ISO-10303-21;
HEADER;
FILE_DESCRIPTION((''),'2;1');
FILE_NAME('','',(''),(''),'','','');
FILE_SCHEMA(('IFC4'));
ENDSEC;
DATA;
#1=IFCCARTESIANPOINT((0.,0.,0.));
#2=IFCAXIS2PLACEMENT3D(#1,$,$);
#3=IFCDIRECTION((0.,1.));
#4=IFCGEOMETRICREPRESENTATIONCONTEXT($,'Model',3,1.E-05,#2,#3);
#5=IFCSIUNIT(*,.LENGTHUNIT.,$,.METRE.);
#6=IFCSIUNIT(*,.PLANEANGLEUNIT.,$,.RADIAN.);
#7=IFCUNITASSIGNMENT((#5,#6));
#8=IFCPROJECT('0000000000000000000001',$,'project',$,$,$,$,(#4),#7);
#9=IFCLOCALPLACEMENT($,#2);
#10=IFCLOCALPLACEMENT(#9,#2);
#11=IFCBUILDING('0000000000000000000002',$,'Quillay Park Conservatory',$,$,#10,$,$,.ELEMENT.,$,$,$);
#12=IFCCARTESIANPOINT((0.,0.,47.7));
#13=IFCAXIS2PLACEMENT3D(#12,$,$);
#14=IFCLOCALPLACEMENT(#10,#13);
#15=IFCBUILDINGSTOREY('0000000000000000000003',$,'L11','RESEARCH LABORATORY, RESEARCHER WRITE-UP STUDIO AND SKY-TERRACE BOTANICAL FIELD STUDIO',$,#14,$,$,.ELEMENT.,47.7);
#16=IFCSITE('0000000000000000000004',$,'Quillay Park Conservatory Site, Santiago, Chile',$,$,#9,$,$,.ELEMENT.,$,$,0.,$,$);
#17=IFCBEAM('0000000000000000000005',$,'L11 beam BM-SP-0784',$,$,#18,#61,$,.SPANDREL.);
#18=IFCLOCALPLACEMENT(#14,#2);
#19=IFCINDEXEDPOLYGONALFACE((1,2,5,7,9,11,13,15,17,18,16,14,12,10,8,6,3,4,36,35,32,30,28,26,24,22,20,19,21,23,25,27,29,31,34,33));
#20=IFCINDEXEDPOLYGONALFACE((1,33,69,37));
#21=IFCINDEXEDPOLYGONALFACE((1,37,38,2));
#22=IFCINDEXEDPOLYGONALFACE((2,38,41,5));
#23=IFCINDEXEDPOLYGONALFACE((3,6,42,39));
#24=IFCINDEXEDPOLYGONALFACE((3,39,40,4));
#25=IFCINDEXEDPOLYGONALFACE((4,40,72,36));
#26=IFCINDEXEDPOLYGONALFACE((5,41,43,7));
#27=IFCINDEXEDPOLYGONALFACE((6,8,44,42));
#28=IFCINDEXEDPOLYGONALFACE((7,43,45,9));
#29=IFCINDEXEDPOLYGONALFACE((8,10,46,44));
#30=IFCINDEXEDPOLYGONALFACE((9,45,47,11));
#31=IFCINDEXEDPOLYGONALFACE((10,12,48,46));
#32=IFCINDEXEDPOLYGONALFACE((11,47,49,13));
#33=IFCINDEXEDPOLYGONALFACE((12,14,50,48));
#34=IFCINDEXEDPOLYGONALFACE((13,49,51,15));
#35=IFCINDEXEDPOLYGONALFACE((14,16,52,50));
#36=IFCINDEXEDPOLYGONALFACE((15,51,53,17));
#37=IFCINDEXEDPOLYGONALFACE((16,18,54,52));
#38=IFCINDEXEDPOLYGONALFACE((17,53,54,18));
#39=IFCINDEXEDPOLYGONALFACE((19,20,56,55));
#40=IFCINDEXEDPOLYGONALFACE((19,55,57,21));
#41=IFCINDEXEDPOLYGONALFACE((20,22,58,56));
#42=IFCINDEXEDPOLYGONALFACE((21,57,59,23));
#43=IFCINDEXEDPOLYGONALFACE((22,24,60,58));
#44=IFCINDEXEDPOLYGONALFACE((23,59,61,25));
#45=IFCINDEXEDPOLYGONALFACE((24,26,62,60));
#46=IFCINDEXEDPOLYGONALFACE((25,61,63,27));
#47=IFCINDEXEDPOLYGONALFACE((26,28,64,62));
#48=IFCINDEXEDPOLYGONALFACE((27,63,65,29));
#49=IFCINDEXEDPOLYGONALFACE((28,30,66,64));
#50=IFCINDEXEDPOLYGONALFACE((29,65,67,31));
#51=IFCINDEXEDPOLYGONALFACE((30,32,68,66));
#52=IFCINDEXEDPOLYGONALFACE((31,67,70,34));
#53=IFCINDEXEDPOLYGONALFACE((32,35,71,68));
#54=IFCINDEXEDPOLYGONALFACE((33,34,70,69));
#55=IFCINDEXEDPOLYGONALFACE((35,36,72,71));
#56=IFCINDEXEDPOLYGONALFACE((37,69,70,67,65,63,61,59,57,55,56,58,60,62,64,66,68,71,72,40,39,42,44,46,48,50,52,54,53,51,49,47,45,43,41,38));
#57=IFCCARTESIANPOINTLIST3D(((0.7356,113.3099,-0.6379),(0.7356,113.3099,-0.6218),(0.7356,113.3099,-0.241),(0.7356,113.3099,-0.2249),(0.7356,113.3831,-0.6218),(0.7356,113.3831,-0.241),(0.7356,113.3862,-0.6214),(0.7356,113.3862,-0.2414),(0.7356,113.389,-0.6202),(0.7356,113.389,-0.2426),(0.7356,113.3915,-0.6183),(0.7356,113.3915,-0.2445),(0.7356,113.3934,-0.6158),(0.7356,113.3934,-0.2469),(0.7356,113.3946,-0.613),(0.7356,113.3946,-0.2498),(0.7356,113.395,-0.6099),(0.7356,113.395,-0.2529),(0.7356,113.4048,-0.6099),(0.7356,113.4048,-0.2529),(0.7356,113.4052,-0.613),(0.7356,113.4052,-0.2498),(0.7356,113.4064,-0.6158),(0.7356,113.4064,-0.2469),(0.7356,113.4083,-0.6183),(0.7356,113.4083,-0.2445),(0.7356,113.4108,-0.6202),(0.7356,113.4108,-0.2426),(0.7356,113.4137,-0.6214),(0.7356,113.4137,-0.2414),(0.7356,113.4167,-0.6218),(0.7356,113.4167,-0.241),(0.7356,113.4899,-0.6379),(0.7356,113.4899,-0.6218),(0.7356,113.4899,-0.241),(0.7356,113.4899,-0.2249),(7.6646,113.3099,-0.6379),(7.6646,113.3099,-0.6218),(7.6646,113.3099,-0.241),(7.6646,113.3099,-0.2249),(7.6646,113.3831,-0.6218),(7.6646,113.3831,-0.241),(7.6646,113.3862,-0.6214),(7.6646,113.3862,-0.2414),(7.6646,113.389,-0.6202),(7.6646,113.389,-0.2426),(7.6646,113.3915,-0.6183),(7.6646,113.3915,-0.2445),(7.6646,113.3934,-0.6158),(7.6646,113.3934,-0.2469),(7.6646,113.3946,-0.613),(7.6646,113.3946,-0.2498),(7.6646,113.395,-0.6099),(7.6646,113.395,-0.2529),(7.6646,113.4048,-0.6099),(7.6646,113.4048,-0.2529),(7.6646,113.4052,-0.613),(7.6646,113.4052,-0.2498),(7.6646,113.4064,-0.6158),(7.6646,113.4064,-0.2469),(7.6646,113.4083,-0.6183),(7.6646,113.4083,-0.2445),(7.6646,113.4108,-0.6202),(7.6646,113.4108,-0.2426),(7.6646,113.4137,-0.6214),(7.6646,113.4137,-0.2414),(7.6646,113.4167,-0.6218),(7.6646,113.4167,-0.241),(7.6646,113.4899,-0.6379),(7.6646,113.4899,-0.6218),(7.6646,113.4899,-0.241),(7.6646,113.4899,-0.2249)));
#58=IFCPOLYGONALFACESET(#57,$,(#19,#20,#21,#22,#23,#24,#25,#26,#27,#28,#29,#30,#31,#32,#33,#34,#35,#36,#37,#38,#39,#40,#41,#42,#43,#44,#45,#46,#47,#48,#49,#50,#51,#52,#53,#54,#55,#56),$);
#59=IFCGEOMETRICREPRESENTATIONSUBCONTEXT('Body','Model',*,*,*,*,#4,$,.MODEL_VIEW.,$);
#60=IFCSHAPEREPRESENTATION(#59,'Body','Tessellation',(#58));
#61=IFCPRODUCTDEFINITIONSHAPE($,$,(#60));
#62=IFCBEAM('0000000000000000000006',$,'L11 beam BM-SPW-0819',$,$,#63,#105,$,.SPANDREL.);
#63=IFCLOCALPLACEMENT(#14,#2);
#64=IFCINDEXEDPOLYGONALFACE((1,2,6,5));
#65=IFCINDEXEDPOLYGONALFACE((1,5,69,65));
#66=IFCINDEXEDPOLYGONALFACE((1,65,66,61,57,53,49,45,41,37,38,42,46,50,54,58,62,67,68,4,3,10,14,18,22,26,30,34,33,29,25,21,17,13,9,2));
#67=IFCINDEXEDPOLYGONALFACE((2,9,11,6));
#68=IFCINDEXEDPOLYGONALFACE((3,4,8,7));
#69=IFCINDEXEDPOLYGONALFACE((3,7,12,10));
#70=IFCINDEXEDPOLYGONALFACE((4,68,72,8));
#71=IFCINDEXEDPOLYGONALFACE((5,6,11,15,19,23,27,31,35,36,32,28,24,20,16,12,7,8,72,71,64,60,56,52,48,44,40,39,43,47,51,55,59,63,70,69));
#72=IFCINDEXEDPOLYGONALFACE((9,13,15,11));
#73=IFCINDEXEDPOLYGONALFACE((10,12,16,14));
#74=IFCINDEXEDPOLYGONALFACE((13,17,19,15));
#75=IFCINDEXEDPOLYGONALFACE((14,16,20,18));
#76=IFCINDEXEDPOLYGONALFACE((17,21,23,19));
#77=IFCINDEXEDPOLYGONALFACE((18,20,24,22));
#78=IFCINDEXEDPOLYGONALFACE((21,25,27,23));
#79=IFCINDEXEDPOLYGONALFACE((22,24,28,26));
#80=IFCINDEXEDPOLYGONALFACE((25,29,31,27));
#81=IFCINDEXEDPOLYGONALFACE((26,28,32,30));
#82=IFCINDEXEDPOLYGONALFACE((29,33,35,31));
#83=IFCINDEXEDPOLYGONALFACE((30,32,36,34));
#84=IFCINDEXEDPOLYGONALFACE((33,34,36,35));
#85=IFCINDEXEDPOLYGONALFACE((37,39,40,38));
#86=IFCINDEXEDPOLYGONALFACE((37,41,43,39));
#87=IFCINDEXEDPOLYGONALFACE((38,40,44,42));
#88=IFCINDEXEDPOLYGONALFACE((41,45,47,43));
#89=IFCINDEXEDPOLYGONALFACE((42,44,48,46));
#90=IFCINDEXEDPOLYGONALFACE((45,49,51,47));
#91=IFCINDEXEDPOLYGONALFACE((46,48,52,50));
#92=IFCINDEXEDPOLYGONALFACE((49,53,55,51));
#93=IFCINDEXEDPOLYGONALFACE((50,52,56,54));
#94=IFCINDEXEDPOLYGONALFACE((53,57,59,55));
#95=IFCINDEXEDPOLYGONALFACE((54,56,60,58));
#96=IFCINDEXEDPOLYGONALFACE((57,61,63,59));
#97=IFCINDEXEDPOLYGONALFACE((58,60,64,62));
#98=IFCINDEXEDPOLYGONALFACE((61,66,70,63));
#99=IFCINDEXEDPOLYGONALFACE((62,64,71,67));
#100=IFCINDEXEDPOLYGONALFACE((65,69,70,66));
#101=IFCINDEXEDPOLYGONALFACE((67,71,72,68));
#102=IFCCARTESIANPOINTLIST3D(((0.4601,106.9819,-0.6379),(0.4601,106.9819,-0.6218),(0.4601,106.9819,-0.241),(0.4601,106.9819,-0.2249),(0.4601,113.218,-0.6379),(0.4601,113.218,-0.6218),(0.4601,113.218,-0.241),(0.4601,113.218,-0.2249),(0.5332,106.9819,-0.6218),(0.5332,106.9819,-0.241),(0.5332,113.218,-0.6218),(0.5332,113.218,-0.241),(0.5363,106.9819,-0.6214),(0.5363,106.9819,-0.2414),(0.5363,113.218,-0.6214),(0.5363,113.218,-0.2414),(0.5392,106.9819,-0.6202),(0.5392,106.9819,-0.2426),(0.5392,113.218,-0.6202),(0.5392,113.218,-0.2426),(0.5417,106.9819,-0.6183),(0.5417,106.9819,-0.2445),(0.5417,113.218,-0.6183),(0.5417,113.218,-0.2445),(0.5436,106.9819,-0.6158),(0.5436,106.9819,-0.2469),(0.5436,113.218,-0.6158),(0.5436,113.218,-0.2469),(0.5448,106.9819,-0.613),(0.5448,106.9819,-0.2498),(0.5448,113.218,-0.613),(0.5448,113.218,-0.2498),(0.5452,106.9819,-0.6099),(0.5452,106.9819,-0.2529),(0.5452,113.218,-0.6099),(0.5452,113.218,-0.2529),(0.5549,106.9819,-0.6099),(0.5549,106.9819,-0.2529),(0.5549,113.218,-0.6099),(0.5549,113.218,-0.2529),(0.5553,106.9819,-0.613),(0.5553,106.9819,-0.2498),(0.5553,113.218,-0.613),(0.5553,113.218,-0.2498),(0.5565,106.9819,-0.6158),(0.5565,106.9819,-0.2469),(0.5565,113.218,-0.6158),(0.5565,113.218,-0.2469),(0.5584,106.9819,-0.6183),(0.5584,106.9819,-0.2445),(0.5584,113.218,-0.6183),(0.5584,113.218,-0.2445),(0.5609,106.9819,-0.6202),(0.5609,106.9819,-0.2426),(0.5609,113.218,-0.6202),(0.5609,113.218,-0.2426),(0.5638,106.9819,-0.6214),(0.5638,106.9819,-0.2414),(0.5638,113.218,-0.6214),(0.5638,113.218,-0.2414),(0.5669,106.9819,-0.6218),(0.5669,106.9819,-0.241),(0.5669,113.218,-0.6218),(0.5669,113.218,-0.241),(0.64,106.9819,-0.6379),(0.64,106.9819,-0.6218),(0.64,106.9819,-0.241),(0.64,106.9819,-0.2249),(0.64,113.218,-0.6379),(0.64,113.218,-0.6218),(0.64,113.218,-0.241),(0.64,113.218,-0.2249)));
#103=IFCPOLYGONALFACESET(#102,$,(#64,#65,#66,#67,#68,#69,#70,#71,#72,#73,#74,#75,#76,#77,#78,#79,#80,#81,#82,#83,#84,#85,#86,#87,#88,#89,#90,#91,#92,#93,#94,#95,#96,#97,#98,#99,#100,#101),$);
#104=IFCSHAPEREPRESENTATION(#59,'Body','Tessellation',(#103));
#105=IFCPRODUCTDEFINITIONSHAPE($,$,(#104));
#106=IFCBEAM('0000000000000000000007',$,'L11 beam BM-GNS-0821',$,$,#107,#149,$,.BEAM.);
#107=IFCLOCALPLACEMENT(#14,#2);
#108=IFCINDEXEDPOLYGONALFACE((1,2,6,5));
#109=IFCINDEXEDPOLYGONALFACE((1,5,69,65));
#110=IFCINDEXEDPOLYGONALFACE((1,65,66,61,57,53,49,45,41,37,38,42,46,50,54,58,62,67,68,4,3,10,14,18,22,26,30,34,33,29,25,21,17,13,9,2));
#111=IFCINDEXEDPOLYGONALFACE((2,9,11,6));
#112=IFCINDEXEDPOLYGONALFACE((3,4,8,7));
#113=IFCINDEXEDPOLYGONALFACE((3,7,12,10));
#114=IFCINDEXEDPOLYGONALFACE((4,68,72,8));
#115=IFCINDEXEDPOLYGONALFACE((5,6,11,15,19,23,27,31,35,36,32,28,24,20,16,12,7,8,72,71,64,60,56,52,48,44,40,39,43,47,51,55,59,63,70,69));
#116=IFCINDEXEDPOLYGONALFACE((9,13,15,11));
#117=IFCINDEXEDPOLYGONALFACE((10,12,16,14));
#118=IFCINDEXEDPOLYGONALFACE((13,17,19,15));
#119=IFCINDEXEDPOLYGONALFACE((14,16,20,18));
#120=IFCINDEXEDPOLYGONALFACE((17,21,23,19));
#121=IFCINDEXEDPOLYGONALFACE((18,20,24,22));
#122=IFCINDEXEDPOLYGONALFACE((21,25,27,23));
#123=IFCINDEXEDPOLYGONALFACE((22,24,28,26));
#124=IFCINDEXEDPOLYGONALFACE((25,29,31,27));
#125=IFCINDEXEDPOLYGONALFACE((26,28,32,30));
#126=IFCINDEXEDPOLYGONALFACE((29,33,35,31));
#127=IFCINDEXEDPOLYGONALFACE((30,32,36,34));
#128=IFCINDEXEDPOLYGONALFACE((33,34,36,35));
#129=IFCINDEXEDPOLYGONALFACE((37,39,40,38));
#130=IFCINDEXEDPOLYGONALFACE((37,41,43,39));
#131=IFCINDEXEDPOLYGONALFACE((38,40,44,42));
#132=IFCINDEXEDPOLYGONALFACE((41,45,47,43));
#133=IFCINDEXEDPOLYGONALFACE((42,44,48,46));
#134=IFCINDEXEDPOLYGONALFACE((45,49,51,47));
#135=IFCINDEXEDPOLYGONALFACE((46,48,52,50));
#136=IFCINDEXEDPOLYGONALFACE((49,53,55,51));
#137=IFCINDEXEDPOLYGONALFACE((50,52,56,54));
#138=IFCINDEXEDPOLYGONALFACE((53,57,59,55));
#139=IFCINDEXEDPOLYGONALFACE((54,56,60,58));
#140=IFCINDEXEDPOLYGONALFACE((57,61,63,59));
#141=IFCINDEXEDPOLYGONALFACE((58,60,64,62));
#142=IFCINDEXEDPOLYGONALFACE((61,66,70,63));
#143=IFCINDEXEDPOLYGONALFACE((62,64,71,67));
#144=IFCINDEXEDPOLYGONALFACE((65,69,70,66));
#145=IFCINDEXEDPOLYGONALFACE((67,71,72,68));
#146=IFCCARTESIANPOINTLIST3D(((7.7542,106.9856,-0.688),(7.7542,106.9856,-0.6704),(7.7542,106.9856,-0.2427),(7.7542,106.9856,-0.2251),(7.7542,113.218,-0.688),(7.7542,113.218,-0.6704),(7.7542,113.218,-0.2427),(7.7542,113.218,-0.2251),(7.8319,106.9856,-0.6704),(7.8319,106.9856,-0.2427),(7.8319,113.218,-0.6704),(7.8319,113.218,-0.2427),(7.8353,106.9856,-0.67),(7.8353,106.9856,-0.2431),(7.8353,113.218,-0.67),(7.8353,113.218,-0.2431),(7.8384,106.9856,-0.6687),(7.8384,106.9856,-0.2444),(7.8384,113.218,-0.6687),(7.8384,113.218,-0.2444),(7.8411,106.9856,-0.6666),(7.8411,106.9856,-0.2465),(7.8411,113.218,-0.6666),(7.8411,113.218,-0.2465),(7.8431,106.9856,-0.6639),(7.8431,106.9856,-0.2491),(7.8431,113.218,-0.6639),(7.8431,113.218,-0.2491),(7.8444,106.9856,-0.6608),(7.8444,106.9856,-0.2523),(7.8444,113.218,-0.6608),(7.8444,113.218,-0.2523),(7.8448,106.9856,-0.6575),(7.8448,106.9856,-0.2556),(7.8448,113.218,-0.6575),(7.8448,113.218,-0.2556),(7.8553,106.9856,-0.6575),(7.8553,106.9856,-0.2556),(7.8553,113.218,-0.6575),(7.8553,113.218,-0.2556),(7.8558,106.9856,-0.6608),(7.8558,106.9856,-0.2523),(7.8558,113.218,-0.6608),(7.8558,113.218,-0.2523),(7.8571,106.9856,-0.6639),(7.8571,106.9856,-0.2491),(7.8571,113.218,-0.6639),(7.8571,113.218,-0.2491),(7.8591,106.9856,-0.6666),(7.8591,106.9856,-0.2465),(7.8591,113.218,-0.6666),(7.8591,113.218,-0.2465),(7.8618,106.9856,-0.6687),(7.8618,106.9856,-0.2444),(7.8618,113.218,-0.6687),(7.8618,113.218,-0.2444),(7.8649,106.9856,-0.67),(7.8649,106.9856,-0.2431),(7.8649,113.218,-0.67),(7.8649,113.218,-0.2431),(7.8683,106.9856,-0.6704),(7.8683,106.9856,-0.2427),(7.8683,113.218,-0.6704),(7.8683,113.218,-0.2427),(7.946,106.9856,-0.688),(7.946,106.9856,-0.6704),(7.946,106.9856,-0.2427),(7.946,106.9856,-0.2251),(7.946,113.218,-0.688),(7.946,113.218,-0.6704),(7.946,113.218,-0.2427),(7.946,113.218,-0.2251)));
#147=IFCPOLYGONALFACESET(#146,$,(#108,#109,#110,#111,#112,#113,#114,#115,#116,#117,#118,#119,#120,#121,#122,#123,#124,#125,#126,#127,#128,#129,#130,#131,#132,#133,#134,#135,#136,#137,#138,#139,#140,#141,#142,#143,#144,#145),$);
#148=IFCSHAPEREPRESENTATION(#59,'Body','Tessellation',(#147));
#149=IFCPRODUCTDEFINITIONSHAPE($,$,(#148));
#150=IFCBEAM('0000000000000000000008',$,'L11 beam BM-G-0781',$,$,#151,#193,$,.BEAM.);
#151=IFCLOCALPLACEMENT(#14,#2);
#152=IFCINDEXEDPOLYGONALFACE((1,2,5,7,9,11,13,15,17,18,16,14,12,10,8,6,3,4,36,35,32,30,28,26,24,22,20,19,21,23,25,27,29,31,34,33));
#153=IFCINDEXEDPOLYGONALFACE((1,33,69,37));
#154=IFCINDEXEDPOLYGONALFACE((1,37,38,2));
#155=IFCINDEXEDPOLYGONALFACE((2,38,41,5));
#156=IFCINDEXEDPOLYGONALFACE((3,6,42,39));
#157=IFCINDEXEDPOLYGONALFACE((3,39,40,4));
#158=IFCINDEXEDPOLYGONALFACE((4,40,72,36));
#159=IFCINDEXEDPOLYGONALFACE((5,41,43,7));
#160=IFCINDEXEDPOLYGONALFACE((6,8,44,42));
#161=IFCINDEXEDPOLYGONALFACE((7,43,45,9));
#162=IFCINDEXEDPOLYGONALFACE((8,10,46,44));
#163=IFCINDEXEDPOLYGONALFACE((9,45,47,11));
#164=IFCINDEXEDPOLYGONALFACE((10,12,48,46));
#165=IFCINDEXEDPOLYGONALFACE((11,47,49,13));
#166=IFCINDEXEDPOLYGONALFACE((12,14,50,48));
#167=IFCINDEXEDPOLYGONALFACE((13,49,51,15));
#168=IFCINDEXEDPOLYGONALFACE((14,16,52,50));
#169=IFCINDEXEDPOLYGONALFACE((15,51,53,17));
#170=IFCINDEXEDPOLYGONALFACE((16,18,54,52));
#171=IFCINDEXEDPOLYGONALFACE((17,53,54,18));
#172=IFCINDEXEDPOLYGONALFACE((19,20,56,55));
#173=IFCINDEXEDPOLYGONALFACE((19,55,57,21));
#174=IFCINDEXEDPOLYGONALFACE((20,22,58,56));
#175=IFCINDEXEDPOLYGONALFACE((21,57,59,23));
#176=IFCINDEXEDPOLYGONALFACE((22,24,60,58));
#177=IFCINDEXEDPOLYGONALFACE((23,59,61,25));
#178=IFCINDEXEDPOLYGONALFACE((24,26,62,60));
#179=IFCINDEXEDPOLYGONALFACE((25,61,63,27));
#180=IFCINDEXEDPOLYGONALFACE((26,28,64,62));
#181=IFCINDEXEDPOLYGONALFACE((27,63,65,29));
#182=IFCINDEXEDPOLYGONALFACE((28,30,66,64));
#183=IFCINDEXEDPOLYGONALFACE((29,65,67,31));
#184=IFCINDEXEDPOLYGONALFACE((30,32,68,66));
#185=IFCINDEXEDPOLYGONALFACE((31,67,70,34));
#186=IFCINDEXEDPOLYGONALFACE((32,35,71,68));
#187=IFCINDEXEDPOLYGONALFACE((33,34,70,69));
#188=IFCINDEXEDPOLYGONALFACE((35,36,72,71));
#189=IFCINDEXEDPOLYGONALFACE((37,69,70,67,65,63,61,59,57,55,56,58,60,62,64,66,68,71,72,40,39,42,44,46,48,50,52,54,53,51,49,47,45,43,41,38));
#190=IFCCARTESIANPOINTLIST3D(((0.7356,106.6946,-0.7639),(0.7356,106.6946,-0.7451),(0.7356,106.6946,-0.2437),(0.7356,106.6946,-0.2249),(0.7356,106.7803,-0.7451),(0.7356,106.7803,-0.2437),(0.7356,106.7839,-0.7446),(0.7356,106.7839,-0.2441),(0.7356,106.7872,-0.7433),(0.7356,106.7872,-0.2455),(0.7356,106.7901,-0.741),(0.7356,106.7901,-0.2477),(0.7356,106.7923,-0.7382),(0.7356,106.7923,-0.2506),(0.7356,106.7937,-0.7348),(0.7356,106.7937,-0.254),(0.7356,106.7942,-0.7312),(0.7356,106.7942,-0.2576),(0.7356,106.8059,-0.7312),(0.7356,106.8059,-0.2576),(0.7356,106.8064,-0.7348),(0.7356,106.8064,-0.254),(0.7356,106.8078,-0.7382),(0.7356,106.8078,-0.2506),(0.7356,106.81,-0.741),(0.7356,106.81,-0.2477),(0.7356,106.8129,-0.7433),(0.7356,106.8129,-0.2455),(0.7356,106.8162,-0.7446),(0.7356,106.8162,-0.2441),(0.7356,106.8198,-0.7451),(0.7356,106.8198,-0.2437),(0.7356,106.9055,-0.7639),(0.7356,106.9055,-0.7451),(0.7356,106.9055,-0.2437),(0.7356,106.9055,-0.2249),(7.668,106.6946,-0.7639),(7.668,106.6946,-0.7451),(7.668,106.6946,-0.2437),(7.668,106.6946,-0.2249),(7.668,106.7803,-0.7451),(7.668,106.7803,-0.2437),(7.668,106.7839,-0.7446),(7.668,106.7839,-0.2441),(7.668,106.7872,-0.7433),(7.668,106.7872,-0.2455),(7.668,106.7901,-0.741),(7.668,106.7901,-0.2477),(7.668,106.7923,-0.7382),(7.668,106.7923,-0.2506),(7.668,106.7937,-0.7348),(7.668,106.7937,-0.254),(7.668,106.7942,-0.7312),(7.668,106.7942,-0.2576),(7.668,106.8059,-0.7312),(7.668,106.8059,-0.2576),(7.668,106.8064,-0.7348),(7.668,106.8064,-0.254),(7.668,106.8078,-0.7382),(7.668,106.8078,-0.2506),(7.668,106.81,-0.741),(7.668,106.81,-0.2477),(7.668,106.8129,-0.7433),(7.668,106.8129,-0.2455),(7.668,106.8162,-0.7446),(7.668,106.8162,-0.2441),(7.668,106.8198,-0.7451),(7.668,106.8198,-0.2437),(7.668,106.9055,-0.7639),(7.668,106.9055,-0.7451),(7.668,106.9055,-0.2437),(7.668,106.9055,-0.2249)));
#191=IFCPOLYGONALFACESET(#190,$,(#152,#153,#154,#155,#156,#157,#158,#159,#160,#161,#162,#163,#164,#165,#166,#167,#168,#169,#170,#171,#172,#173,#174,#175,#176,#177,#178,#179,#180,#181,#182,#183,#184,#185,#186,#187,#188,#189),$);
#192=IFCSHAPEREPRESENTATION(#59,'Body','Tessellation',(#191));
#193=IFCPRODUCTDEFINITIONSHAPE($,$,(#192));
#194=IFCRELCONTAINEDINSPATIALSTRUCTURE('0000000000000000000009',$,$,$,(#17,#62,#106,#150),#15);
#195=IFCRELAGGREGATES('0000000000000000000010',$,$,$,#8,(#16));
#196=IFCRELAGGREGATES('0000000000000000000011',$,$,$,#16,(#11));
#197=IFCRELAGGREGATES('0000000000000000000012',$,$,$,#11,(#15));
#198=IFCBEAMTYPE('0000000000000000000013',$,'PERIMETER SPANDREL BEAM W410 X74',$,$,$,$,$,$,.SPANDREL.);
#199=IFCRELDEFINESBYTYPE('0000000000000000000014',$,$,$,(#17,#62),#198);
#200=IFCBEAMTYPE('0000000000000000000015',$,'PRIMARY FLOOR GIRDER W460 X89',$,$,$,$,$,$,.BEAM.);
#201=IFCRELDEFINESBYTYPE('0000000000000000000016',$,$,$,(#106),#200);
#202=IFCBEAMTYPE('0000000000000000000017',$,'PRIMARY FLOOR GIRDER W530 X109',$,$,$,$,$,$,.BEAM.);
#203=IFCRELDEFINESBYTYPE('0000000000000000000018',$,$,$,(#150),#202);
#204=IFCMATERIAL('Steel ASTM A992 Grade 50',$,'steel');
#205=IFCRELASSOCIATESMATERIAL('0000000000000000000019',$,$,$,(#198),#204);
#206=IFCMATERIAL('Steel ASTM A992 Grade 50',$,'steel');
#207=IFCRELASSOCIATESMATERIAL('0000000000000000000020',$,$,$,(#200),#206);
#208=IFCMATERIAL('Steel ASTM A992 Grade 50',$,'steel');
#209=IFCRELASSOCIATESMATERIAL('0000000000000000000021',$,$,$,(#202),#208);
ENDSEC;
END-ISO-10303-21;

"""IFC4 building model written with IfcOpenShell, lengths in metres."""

from ifc_helpers import new_model, si_unit, direction, frame, origin, origin_2d, place, context, subcontext, project, spatial, i_section, extrude, material, material_profile, profile_set, type_object, element, save


model = new_model("IFC4")

# Units and contexts
model_context = context("Model", 3, precision=1e-05, world=origin(), true_north=direction((0.0, 1.0)))
body_context = subcontext(model_context, "Body", "Model", "MODEL_VIEW")
ifc_project = project(units=[si_unit("LENGTHUNIT", "METRE"), si_unit("PLANEANGLEUNIT", "RADIAN")], contexts=[model_context])

# Site, building, storey
site_placement = place(None, origin())
site = spatial("IfcSite", under=ifc_project, at=site_placement, Name="Quillay Park Conservatory Site, Santiago, Chile", CompositionType="ELEMENT", RefElevation=0.0)
building_placement = place(site_placement, origin())
building = spatial("IfcBuilding", under=site, at=building_placement, Name="Quillay Park Conservatory", CompositionType="ELEMENT")
storey_placement = place(building_placement, frame((0.0, 0.0, 47.7)))
storey = spatial("IfcBuildingStorey", under=building, at=storey_placement, Name="L11", Description="RESEARCH LABORATORY, RESEARCHER WRITE-UP STUDIO AND SKY-TERRACE BOTANICAL FIELD STUDIO", CompositionType="ELEMENT", Elevation=47.7)

# Beams
ifc_material_1 = material(Name="Steel ASTM A992 Grade 50", Category="steel")
ifc_material_profile_1 = material_profile(ifc_material_1, i_section(OverallWidth=0.1799, OverallDepth=0.4131, WebThickness=0.0098, FlangeThickness=0.0161, FilletRadius=0.012, at=origin_2d()), Name="W410x74")
ifc_profile_set_1 = profile_set([ifc_material_profile_1], Name="Steel ASTM A992 Grade 50")
beam_type_1 = type_object("IfcBeamType", Name="PERIMETER SPANDREL BEAM W410 X74", PredefinedType="SPANDREL", material=ifc_profile_set_1)
beam_1_placement = place(storey_placement, frame((0.7356, 113.3999, -0.4314), z_axis=(1.0, 0.0, 0.0), x_axis=(0.0, 1.0, 0.0)))
element("IfcBeam", 1, at=beam_1_placement, inside=storey, type_object=beam_type_1, Name="L11 beam BM-SP-0784", PredefinedType="SPANDREL", context=body_context, shape_type="SweptSolid", body=[
    extrude(i_section(OverallWidth=0.1799, OverallDepth=0.4131, WebThickness=0.0098, FlangeThickness=0.0161, FilletRadius=0.012, at=origin_2d()), origin(), (0.0, 0.0, 1.0), 6.929),
])
beam_2_placement = place(storey_placement, frame((0.55, 106.9819, -0.4314), z_axis=(0.0, 1.0, 0.0), x_axis=(-1.0, 0.0, 0.0)))
element("IfcBeam", 2, at=beam_2_placement, inside=storey, type_object=beam_type_1, Name="L11 beam BM-SPW-0819", PredefinedType="SPANDREL", context=body_context, shape_type="SweptSolid", body=[
    extrude(i_section(OverallWidth=0.1799, OverallDepth=0.4131, WebThickness=0.0098, FlangeThickness=0.0161, FilletRadius=0.012, at=origin_2d()), origin(), (0.0, 0.0, 1.0), 6.2361),
])
ifc_material_2 = material(Name="Steel ASTM A992 Grade 50", Category="steel")
ifc_material_profile_2 = material_profile(ifc_material_2, i_section(OverallWidth=0.1919, OverallDepth=0.4629, WebThickness=0.0105, FlangeThickness=0.0176, FilletRadius=0.0129, at=origin_2d()), Name="W460x89")
ifc_profile_set_2 = profile_set([ifc_material_profile_2], Name="Steel ASTM A992 Grade 50")
beam_type_2 = type_object("IfcBeamType", Name="PRIMARY FLOOR GIRDER W460 X89", PredefinedType="BEAM", material=ifc_profile_set_2)
beam_3_placement = place(storey_placement, frame((7.8501, 106.9856, -0.4565), z_axis=(0.0, 1.0, 0.0), x_axis=(-1.0, 0.0, 0.0)))
element("IfcBeam", 3, at=beam_3_placement, inside=storey, type_object=beam_type_2, Name="L11 beam BM-GNS-0821", PredefinedType="BEAM", context=body_context, shape_type="SweptSolid", body=[
    extrude(i_section(OverallWidth=0.1919, OverallDepth=0.4629, WebThickness=0.0105, FlangeThickness=0.0176, FilletRadius=0.0129, at=origin_2d()), origin(), (0.0, 0.0, 1.0), 6.2324),
])
ifc_material_3 = material(Name="Steel ASTM A992 Grade 50", Category="steel")
ifc_material_profile_3 = material_profile(ifc_material_3, i_section(OverallWidth=0.2109, OverallDepth=0.5391, WebThickness=0.0117, FlangeThickness=0.0188, FilletRadius=0.0139, at=origin_2d()), Name="W530x109")
ifc_profile_set_3 = profile_set([ifc_material_profile_3], Name="Steel ASTM A992 Grade 50")
beam_type_3 = type_object("IfcBeamType", Name="PRIMARY FLOOR GIRDER W530 X109", PredefinedType="BEAM", material=ifc_profile_set_3)
beam_4_placement = place(storey_placement, frame((0.7356, 106.8, -0.4944), z_axis=(1.0, 0.0, 0.0), x_axis=(0.0, 1.0, 0.0)))
element("IfcBeam", 4, at=beam_4_placement, inside=storey, type_object=beam_type_3, Name="L11 beam BM-G-0781", PredefinedType="BEAM", context=body_context, shape_type="SweptSolid", body=[
    extrude(i_section(OverallWidth=0.2109, OverallDepth=0.5391, WebThickness=0.0117, FlangeThickness=0.0188, FilletRadius=0.0139, at=origin_2d()), origin(), (0.0, 0.0, 1.0), 6.9324),
])

save(model, "model.ifc")
